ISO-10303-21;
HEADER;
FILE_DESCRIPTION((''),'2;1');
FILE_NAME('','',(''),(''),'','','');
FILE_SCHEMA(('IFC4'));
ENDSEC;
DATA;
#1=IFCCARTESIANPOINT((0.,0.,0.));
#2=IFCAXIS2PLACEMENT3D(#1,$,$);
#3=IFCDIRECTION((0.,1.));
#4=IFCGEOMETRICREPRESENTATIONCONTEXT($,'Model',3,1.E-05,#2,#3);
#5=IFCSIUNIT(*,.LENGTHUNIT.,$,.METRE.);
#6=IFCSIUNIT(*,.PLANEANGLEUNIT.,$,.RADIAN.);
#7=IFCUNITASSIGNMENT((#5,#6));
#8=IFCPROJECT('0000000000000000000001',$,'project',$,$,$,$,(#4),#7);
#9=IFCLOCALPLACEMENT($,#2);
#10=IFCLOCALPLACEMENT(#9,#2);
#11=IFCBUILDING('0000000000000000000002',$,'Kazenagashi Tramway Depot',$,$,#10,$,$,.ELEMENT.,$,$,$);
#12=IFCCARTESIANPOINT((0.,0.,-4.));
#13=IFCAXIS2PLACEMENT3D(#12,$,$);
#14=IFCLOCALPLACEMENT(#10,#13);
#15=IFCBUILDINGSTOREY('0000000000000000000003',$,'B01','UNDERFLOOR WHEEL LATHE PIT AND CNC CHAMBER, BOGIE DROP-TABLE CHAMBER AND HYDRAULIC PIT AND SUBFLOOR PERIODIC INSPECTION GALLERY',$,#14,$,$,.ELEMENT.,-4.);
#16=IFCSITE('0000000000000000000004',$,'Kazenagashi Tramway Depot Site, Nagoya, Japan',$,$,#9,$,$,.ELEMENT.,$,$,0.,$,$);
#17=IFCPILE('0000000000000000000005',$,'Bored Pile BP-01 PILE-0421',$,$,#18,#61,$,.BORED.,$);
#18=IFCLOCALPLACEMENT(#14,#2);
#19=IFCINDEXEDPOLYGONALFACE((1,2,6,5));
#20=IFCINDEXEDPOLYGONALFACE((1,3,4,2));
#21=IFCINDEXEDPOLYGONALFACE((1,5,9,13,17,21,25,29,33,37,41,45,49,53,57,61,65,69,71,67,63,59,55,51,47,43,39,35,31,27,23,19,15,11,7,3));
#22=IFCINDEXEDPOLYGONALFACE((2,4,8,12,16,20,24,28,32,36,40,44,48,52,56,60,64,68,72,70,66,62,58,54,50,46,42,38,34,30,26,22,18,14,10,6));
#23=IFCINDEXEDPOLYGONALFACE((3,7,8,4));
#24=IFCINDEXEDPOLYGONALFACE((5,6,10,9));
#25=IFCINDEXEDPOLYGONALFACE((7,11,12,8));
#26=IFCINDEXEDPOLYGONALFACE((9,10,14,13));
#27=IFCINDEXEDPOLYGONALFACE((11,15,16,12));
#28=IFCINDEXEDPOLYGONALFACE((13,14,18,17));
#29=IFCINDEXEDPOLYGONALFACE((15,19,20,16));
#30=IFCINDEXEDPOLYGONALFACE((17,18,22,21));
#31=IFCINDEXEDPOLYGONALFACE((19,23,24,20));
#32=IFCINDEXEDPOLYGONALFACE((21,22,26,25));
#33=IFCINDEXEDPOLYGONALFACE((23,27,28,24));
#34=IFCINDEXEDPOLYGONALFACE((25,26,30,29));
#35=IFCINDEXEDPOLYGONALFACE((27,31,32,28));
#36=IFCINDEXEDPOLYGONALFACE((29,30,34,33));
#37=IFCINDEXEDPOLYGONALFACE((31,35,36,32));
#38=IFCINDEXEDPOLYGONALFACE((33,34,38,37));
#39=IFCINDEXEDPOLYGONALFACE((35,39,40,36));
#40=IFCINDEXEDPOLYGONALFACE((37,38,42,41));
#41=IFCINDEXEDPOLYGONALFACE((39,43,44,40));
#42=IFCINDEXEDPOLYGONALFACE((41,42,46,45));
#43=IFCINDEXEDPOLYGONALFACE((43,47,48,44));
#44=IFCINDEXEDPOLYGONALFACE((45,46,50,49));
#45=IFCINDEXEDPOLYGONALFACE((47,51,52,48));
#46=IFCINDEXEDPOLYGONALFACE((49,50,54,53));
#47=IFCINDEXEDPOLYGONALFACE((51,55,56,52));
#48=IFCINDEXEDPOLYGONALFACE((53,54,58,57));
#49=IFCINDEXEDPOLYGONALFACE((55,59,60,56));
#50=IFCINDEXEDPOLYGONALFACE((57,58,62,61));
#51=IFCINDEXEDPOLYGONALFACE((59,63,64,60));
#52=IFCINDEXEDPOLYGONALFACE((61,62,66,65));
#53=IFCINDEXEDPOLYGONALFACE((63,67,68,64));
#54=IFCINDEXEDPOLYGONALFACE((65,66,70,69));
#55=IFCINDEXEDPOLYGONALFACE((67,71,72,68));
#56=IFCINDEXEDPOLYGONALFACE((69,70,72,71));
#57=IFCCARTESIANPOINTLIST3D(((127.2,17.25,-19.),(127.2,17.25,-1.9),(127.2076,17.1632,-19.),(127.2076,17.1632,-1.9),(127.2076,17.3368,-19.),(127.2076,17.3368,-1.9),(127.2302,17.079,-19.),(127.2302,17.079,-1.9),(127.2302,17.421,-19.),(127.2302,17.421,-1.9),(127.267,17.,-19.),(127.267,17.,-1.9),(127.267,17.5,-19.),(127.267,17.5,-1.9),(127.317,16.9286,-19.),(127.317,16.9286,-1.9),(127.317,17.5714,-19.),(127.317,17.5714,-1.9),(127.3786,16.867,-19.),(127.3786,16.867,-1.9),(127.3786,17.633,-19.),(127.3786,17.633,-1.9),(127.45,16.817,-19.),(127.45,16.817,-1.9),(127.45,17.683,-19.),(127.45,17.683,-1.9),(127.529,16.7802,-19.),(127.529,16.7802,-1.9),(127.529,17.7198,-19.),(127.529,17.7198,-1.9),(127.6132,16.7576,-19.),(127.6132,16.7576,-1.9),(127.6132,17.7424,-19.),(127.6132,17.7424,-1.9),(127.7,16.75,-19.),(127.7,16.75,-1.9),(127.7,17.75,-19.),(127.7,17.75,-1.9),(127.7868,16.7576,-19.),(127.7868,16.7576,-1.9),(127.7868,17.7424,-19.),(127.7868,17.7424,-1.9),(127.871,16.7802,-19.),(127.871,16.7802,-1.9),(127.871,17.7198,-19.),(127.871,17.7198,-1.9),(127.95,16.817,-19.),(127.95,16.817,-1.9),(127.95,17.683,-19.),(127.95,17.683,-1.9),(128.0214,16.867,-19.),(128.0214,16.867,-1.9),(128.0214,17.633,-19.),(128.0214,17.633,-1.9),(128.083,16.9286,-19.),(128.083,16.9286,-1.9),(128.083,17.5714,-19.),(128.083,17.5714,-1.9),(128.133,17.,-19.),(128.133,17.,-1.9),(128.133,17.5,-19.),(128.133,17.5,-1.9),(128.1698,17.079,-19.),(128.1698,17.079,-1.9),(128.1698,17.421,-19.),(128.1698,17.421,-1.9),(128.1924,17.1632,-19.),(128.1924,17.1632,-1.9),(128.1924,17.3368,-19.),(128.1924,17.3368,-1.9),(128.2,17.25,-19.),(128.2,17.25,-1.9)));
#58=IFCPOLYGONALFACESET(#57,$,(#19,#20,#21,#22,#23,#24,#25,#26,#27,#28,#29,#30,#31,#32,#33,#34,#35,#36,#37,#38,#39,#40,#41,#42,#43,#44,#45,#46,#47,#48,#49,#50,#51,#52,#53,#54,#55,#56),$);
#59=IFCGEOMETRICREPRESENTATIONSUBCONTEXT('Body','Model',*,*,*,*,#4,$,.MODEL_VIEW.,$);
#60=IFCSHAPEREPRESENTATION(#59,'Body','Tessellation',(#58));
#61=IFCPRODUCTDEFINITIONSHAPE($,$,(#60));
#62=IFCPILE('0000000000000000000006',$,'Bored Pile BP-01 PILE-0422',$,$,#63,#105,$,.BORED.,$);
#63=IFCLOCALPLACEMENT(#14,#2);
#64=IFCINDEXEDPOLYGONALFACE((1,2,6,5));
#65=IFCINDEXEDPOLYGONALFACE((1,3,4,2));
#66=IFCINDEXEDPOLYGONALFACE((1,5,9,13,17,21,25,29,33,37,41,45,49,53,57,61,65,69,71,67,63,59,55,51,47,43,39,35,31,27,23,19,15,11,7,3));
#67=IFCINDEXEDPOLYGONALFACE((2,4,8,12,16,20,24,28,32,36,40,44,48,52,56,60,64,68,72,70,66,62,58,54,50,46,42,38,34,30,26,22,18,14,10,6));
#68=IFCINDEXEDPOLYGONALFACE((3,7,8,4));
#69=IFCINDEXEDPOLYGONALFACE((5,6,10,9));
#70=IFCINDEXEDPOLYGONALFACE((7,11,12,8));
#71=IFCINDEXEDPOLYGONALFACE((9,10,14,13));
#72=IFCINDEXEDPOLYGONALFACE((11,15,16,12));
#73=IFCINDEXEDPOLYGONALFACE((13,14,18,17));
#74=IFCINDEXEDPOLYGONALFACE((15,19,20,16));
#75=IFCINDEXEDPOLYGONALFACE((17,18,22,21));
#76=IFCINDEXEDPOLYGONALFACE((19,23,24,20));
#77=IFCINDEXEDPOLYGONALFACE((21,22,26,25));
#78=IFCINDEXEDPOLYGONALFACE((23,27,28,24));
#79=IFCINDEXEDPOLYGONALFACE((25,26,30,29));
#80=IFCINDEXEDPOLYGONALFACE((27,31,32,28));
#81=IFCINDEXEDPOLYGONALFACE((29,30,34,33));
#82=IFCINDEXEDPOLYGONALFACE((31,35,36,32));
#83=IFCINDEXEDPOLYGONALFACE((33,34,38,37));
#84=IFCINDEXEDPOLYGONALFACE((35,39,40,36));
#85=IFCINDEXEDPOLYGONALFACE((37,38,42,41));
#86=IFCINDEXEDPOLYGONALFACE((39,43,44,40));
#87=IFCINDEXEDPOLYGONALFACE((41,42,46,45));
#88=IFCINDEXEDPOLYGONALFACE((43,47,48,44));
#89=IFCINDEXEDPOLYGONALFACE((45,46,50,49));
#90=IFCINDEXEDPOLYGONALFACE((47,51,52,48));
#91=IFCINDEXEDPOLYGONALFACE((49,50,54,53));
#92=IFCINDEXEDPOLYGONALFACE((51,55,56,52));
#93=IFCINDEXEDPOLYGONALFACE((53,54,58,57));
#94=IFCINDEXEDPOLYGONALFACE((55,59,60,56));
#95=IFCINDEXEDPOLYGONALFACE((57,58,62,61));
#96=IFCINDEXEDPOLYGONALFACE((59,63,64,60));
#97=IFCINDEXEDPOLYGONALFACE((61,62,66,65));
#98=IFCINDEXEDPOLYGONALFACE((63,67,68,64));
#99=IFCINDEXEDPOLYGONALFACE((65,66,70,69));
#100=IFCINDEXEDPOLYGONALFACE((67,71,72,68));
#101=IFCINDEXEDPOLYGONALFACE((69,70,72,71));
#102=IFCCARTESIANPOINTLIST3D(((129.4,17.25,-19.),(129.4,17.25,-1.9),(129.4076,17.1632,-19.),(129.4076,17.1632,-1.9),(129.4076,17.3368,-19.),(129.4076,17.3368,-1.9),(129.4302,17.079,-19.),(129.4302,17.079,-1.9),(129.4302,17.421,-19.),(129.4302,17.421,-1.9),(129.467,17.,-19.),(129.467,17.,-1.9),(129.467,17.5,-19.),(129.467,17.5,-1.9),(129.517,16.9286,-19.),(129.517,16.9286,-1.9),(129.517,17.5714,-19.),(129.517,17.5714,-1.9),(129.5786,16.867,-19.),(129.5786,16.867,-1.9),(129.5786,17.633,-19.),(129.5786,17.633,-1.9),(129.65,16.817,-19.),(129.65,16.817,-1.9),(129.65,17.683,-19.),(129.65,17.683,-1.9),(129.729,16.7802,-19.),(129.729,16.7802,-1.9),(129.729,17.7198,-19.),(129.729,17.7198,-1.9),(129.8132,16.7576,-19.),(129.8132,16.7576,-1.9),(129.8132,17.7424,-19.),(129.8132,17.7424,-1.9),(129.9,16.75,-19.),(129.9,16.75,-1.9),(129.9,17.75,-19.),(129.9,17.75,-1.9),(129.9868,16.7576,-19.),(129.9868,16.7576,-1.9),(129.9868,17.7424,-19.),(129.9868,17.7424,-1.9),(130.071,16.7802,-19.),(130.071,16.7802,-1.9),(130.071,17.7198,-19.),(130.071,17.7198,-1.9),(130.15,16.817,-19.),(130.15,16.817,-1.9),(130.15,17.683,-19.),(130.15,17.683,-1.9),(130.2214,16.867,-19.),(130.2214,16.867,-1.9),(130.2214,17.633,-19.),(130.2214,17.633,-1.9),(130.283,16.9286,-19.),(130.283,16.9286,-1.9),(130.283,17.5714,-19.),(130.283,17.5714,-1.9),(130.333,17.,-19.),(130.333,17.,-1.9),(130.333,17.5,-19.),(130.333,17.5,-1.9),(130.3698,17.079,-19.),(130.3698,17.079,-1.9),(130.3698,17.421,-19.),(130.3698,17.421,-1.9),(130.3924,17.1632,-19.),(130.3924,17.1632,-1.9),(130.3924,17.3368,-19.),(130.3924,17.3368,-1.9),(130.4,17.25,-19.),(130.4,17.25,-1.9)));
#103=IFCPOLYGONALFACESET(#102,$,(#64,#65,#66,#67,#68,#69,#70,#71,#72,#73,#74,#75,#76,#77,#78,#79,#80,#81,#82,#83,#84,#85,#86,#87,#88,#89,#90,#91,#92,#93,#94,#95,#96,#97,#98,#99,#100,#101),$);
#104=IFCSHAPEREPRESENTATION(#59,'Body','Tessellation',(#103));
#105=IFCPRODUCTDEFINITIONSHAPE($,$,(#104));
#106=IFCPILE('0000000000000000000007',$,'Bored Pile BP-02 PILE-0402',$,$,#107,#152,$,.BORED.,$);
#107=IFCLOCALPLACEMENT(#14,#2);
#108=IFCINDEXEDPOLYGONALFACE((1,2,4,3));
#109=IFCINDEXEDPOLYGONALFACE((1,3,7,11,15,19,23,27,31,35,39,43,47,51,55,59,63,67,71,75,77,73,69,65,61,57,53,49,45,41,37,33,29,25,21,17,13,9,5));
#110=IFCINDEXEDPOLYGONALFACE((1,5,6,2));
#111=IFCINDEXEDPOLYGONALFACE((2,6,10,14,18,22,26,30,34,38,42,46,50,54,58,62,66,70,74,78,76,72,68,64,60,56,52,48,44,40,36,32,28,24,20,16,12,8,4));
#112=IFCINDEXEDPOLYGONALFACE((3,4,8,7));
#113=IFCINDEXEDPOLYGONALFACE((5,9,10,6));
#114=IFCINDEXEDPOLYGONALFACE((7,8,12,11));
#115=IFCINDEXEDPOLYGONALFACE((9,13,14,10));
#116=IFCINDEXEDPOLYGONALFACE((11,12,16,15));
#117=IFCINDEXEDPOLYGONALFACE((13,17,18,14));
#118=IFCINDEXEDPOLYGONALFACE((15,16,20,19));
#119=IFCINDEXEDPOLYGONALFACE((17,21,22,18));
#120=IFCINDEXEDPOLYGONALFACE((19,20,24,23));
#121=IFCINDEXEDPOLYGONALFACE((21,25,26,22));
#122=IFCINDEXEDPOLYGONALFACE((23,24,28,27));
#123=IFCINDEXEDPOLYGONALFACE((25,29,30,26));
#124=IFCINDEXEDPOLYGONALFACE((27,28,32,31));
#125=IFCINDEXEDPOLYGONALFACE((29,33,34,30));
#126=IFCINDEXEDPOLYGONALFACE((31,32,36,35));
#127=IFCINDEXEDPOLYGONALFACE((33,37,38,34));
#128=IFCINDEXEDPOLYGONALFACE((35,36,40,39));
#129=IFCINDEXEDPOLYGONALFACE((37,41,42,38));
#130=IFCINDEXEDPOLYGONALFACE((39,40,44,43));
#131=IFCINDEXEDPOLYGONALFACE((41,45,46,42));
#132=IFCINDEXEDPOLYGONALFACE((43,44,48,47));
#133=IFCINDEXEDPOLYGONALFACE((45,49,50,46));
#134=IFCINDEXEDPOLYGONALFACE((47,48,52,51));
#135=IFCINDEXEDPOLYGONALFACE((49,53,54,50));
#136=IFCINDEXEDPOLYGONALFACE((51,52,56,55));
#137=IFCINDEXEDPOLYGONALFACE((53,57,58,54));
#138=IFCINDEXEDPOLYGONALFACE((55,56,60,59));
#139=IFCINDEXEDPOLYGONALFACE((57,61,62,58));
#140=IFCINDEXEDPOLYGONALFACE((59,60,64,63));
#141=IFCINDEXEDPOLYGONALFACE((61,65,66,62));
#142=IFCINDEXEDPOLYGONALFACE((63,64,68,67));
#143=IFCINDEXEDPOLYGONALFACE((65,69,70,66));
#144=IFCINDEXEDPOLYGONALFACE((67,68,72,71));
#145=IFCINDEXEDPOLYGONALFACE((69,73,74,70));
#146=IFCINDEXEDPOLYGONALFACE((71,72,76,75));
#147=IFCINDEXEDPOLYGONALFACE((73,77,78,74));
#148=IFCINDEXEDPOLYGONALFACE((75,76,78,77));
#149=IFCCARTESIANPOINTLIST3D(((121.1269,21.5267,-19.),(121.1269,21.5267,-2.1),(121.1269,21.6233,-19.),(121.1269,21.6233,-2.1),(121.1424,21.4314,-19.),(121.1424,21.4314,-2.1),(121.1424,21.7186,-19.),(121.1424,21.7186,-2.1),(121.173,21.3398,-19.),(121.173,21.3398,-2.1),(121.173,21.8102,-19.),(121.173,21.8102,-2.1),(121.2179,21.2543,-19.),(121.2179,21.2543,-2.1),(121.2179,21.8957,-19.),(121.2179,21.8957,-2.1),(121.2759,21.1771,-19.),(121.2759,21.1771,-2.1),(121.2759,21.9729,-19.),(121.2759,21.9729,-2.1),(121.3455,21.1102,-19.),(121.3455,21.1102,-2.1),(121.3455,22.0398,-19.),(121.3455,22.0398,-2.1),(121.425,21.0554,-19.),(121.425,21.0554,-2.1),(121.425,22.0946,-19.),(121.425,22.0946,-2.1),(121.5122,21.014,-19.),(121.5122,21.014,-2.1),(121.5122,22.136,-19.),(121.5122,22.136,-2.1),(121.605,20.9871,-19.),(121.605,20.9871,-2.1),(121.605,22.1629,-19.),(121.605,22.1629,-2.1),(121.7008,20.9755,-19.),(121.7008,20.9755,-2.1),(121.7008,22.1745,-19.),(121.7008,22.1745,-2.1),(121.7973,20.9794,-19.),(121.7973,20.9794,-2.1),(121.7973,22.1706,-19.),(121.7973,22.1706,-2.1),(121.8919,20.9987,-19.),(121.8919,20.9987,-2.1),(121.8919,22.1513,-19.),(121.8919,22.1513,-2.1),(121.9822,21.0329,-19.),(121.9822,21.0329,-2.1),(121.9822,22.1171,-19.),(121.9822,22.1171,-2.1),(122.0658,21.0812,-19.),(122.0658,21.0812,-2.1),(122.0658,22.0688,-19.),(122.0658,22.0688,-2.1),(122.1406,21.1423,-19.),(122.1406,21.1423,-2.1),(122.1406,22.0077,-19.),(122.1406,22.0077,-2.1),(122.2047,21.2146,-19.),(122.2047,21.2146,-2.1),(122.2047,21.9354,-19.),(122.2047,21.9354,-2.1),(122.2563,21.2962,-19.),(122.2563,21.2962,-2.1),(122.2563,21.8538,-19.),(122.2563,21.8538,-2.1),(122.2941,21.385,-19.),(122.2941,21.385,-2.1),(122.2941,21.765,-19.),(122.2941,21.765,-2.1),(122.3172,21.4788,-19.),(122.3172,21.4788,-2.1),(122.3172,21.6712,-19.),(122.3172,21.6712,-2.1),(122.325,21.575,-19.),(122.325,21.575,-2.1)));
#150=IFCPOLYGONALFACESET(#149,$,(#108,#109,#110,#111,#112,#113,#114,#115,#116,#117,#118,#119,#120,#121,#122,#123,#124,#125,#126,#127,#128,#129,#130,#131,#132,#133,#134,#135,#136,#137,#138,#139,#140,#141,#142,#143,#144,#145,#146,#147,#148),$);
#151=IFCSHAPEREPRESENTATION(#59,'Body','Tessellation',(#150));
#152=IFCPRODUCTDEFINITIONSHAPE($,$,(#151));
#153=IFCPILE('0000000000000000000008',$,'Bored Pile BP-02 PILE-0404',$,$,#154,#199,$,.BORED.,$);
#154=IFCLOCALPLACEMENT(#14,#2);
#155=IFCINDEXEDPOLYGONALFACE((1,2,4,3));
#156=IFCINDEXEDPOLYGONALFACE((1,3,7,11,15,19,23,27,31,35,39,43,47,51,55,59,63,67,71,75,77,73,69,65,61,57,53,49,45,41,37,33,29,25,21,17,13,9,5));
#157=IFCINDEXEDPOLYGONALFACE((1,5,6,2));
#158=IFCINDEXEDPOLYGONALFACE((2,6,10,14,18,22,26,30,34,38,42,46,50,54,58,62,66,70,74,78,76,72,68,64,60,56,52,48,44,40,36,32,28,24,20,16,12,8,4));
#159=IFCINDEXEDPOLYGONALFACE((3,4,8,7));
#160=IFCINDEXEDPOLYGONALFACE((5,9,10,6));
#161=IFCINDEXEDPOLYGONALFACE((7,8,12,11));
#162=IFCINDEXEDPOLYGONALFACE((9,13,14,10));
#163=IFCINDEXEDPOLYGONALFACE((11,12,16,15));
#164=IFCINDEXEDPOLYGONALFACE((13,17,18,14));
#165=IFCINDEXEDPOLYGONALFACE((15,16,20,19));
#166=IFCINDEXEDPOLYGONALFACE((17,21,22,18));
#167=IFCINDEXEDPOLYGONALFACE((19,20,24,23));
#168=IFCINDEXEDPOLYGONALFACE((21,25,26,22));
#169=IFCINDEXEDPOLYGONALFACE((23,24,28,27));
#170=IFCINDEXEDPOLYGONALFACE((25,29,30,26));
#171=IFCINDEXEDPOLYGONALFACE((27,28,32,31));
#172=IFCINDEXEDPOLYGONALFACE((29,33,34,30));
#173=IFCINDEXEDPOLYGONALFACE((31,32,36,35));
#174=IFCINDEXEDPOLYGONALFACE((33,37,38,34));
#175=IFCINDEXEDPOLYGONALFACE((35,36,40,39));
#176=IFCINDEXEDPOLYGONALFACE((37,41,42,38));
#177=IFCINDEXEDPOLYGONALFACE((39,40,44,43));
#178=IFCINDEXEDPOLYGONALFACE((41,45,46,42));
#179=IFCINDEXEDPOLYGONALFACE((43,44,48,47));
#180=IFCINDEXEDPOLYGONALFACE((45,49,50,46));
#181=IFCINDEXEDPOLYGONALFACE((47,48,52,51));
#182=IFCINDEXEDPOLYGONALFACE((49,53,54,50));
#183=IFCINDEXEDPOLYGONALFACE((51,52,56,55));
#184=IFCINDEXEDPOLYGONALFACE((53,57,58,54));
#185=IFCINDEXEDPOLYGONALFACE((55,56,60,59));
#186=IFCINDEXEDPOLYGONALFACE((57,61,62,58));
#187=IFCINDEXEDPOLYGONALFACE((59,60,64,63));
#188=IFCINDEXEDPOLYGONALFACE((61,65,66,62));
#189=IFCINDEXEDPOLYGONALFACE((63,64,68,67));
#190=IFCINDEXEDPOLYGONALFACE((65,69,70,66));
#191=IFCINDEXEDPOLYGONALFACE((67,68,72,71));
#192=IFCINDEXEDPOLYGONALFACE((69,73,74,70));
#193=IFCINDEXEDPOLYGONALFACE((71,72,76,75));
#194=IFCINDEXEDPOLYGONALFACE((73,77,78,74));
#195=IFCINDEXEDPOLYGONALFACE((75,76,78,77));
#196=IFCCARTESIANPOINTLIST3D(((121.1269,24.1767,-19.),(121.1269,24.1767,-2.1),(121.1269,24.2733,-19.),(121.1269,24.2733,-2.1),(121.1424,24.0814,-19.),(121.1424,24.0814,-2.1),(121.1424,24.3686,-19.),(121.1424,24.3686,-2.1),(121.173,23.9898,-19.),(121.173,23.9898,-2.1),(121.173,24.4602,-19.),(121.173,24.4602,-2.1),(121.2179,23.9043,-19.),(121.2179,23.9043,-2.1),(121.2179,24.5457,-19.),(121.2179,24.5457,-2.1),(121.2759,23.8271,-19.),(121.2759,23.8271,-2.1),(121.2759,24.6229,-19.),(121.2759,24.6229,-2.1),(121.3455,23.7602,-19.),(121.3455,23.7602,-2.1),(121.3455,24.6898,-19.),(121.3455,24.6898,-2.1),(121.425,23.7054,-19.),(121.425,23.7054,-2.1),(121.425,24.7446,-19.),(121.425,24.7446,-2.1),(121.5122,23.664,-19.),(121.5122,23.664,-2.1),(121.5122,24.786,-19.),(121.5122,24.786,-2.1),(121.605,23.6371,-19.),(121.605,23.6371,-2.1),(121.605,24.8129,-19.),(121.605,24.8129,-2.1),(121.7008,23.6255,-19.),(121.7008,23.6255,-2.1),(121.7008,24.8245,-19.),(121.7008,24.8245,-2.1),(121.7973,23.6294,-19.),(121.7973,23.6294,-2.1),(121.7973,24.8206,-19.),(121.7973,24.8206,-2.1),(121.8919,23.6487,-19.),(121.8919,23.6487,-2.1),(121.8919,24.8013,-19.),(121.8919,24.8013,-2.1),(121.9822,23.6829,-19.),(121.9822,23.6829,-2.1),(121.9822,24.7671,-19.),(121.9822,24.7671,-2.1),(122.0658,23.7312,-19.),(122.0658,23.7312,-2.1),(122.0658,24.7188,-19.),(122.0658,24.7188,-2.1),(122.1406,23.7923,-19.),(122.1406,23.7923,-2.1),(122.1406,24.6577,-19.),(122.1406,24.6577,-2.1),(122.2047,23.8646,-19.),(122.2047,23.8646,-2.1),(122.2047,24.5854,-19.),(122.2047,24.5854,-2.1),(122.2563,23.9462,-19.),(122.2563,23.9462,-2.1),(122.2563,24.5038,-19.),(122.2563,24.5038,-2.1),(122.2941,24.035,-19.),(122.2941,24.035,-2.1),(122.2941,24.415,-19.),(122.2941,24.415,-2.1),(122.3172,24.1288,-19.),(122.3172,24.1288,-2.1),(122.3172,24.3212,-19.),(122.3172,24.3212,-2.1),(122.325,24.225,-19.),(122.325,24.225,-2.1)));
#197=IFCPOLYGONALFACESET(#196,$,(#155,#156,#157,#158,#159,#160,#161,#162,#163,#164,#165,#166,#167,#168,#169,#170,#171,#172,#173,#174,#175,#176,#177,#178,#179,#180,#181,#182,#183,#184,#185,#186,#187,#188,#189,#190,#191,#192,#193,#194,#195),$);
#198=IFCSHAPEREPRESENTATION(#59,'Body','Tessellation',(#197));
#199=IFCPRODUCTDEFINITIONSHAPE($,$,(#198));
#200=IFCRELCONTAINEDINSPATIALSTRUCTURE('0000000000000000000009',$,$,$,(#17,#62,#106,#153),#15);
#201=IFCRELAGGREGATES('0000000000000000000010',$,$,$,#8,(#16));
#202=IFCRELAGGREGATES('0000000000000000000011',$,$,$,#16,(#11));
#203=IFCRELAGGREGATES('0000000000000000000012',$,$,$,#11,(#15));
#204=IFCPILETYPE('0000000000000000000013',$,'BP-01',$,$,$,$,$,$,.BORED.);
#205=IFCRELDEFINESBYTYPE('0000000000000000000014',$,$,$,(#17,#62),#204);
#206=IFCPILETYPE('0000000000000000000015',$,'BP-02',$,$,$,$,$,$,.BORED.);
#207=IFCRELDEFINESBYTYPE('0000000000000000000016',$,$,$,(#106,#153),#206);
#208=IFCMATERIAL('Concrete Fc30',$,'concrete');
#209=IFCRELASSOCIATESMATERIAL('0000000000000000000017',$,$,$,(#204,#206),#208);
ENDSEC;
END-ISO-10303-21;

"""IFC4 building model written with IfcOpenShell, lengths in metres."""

from ifc_helpers import new_model, si_unit, direction, frame, origin, origin_2d, place, context, subcontext, project, spatial, circle, extrude, material, material_profile, profile_set, type_object, element, save


model = new_model("IFC4")

# Units and contexts
model_context = context("Model", 3, precision=1e-05, world=origin(), true_north=direction((0.0, 1.0)))
body_context = subcontext(model_context, "Body", "Model", "MODEL_VIEW")
ifc_project = project(units=[si_unit("LENGTHUNIT", "METRE"), si_unit("PLANEANGLEUNIT", "RADIAN")], contexts=[model_context])

# Site, building, storey
site_placement = place(None, origin())
site = spatial("IfcSite", under=ifc_project, at=site_placement, Name="Kazenagashi Tramway Depot Site, Nagoya, Japan", CompositionType="ELEMENT", RefElevation=0.0)
building_placement = place(site_placement, origin())
building = spatial("IfcBuilding", under=site, at=building_placement, Name="Kazenagashi Tramway Depot", CompositionType="ELEMENT")
storey_placement = place(building_placement, frame((0.0, 0.0, -4.0)))
storey = spatial("IfcBuildingStorey", under=building, at=storey_placement, Name="B01", Description="UNDERFLOOR WHEEL LATHE PIT AND CNC CHAMBER, BOGIE DROP-TABLE CHAMBER AND HYDRAULIC PIT AND SUBFLOOR PERIODIC INSPECTION GALLERY", CompositionType="ELEMENT", Elevation=-4.0)

# Piles
ifc_material_1 = material(Name="Concrete Fc30", Category="concrete")
ifc_material_profile_1 = material_profile(ifc_material_1, circle(Radius=0.5, at=origin_2d()), Name="PILE-1000")
ifc_profile_set_1 = profile_set([ifc_material_profile_1], Name="Concrete Fc30")
pile_type_1 = type_object("IfcPileType", Name="BP-01", PredefinedType="BORED", material=ifc_profile_set_1)
for number, where, z_axis, x_axis, name in (
    (1, (127.7, 17.25, -1.9), (0.0, 0.0, -1.0), (1.0, 0.0, 0.0), "Bored Pile BP-01 PILE-0421"),
    (2, (129.9, 17.25, -1.9), (0.0, 0.0, -1.0), (1.0, 0.0, 0.0), "Bored Pile BP-01 PILE-0422"),
):
    element("IfcPile", number, at=place(storey_placement, frame(where, z_axis=z_axis, x_axis=x_axis)), inside=storey, type_object=pile_type_1, Name=name, PredefinedType="BORED", context=body_context, shape_type="SweptSolid", body=[
        extrude(circle(Radius=0.5, at=origin_2d()), origin(), (0.0, 0.0, 1.0), 17.1),
    ])
ifc_material_profile_2 = material_profile(ifc_material_1, circle(Radius=0.6, at=origin_2d()), Name="PILE-1200")
ifc_profile_set_2 = profile_set([ifc_material_profile_2], Name="Concrete Fc30")
pile_type_2 = type_object("IfcPileType", Name="BP-02", PredefinedType="BORED", material=ifc_profile_set_2)
for number, where, z_axis, x_axis, name in (
    (3, (121.725, 21.575, -2.1), (0.0, 0.0, -1.0), (1.0, 0.0, 0.0), "Bored Pile BP-02 PILE-0402"),
    (4, (121.725, 24.225, -2.1), (0.0, 0.0, -1.0), (1.0, 0.0, 0.0), "Bored Pile BP-02 PILE-0404"),
):
    element("IfcPile", number, at=place(storey_placement, frame(where, z_axis=z_axis, x_axis=x_axis)), inside=storey, type_object=pile_type_2, Name=name, PredefinedType="BORED", context=body_context, shape_type="SweptSolid", body=[
        extrude(circle(Radius=0.6, at=origin_2d()), origin(), (0.0, 0.0, 1.0), 16.9),
    ])

save(model, "model.ifc")
